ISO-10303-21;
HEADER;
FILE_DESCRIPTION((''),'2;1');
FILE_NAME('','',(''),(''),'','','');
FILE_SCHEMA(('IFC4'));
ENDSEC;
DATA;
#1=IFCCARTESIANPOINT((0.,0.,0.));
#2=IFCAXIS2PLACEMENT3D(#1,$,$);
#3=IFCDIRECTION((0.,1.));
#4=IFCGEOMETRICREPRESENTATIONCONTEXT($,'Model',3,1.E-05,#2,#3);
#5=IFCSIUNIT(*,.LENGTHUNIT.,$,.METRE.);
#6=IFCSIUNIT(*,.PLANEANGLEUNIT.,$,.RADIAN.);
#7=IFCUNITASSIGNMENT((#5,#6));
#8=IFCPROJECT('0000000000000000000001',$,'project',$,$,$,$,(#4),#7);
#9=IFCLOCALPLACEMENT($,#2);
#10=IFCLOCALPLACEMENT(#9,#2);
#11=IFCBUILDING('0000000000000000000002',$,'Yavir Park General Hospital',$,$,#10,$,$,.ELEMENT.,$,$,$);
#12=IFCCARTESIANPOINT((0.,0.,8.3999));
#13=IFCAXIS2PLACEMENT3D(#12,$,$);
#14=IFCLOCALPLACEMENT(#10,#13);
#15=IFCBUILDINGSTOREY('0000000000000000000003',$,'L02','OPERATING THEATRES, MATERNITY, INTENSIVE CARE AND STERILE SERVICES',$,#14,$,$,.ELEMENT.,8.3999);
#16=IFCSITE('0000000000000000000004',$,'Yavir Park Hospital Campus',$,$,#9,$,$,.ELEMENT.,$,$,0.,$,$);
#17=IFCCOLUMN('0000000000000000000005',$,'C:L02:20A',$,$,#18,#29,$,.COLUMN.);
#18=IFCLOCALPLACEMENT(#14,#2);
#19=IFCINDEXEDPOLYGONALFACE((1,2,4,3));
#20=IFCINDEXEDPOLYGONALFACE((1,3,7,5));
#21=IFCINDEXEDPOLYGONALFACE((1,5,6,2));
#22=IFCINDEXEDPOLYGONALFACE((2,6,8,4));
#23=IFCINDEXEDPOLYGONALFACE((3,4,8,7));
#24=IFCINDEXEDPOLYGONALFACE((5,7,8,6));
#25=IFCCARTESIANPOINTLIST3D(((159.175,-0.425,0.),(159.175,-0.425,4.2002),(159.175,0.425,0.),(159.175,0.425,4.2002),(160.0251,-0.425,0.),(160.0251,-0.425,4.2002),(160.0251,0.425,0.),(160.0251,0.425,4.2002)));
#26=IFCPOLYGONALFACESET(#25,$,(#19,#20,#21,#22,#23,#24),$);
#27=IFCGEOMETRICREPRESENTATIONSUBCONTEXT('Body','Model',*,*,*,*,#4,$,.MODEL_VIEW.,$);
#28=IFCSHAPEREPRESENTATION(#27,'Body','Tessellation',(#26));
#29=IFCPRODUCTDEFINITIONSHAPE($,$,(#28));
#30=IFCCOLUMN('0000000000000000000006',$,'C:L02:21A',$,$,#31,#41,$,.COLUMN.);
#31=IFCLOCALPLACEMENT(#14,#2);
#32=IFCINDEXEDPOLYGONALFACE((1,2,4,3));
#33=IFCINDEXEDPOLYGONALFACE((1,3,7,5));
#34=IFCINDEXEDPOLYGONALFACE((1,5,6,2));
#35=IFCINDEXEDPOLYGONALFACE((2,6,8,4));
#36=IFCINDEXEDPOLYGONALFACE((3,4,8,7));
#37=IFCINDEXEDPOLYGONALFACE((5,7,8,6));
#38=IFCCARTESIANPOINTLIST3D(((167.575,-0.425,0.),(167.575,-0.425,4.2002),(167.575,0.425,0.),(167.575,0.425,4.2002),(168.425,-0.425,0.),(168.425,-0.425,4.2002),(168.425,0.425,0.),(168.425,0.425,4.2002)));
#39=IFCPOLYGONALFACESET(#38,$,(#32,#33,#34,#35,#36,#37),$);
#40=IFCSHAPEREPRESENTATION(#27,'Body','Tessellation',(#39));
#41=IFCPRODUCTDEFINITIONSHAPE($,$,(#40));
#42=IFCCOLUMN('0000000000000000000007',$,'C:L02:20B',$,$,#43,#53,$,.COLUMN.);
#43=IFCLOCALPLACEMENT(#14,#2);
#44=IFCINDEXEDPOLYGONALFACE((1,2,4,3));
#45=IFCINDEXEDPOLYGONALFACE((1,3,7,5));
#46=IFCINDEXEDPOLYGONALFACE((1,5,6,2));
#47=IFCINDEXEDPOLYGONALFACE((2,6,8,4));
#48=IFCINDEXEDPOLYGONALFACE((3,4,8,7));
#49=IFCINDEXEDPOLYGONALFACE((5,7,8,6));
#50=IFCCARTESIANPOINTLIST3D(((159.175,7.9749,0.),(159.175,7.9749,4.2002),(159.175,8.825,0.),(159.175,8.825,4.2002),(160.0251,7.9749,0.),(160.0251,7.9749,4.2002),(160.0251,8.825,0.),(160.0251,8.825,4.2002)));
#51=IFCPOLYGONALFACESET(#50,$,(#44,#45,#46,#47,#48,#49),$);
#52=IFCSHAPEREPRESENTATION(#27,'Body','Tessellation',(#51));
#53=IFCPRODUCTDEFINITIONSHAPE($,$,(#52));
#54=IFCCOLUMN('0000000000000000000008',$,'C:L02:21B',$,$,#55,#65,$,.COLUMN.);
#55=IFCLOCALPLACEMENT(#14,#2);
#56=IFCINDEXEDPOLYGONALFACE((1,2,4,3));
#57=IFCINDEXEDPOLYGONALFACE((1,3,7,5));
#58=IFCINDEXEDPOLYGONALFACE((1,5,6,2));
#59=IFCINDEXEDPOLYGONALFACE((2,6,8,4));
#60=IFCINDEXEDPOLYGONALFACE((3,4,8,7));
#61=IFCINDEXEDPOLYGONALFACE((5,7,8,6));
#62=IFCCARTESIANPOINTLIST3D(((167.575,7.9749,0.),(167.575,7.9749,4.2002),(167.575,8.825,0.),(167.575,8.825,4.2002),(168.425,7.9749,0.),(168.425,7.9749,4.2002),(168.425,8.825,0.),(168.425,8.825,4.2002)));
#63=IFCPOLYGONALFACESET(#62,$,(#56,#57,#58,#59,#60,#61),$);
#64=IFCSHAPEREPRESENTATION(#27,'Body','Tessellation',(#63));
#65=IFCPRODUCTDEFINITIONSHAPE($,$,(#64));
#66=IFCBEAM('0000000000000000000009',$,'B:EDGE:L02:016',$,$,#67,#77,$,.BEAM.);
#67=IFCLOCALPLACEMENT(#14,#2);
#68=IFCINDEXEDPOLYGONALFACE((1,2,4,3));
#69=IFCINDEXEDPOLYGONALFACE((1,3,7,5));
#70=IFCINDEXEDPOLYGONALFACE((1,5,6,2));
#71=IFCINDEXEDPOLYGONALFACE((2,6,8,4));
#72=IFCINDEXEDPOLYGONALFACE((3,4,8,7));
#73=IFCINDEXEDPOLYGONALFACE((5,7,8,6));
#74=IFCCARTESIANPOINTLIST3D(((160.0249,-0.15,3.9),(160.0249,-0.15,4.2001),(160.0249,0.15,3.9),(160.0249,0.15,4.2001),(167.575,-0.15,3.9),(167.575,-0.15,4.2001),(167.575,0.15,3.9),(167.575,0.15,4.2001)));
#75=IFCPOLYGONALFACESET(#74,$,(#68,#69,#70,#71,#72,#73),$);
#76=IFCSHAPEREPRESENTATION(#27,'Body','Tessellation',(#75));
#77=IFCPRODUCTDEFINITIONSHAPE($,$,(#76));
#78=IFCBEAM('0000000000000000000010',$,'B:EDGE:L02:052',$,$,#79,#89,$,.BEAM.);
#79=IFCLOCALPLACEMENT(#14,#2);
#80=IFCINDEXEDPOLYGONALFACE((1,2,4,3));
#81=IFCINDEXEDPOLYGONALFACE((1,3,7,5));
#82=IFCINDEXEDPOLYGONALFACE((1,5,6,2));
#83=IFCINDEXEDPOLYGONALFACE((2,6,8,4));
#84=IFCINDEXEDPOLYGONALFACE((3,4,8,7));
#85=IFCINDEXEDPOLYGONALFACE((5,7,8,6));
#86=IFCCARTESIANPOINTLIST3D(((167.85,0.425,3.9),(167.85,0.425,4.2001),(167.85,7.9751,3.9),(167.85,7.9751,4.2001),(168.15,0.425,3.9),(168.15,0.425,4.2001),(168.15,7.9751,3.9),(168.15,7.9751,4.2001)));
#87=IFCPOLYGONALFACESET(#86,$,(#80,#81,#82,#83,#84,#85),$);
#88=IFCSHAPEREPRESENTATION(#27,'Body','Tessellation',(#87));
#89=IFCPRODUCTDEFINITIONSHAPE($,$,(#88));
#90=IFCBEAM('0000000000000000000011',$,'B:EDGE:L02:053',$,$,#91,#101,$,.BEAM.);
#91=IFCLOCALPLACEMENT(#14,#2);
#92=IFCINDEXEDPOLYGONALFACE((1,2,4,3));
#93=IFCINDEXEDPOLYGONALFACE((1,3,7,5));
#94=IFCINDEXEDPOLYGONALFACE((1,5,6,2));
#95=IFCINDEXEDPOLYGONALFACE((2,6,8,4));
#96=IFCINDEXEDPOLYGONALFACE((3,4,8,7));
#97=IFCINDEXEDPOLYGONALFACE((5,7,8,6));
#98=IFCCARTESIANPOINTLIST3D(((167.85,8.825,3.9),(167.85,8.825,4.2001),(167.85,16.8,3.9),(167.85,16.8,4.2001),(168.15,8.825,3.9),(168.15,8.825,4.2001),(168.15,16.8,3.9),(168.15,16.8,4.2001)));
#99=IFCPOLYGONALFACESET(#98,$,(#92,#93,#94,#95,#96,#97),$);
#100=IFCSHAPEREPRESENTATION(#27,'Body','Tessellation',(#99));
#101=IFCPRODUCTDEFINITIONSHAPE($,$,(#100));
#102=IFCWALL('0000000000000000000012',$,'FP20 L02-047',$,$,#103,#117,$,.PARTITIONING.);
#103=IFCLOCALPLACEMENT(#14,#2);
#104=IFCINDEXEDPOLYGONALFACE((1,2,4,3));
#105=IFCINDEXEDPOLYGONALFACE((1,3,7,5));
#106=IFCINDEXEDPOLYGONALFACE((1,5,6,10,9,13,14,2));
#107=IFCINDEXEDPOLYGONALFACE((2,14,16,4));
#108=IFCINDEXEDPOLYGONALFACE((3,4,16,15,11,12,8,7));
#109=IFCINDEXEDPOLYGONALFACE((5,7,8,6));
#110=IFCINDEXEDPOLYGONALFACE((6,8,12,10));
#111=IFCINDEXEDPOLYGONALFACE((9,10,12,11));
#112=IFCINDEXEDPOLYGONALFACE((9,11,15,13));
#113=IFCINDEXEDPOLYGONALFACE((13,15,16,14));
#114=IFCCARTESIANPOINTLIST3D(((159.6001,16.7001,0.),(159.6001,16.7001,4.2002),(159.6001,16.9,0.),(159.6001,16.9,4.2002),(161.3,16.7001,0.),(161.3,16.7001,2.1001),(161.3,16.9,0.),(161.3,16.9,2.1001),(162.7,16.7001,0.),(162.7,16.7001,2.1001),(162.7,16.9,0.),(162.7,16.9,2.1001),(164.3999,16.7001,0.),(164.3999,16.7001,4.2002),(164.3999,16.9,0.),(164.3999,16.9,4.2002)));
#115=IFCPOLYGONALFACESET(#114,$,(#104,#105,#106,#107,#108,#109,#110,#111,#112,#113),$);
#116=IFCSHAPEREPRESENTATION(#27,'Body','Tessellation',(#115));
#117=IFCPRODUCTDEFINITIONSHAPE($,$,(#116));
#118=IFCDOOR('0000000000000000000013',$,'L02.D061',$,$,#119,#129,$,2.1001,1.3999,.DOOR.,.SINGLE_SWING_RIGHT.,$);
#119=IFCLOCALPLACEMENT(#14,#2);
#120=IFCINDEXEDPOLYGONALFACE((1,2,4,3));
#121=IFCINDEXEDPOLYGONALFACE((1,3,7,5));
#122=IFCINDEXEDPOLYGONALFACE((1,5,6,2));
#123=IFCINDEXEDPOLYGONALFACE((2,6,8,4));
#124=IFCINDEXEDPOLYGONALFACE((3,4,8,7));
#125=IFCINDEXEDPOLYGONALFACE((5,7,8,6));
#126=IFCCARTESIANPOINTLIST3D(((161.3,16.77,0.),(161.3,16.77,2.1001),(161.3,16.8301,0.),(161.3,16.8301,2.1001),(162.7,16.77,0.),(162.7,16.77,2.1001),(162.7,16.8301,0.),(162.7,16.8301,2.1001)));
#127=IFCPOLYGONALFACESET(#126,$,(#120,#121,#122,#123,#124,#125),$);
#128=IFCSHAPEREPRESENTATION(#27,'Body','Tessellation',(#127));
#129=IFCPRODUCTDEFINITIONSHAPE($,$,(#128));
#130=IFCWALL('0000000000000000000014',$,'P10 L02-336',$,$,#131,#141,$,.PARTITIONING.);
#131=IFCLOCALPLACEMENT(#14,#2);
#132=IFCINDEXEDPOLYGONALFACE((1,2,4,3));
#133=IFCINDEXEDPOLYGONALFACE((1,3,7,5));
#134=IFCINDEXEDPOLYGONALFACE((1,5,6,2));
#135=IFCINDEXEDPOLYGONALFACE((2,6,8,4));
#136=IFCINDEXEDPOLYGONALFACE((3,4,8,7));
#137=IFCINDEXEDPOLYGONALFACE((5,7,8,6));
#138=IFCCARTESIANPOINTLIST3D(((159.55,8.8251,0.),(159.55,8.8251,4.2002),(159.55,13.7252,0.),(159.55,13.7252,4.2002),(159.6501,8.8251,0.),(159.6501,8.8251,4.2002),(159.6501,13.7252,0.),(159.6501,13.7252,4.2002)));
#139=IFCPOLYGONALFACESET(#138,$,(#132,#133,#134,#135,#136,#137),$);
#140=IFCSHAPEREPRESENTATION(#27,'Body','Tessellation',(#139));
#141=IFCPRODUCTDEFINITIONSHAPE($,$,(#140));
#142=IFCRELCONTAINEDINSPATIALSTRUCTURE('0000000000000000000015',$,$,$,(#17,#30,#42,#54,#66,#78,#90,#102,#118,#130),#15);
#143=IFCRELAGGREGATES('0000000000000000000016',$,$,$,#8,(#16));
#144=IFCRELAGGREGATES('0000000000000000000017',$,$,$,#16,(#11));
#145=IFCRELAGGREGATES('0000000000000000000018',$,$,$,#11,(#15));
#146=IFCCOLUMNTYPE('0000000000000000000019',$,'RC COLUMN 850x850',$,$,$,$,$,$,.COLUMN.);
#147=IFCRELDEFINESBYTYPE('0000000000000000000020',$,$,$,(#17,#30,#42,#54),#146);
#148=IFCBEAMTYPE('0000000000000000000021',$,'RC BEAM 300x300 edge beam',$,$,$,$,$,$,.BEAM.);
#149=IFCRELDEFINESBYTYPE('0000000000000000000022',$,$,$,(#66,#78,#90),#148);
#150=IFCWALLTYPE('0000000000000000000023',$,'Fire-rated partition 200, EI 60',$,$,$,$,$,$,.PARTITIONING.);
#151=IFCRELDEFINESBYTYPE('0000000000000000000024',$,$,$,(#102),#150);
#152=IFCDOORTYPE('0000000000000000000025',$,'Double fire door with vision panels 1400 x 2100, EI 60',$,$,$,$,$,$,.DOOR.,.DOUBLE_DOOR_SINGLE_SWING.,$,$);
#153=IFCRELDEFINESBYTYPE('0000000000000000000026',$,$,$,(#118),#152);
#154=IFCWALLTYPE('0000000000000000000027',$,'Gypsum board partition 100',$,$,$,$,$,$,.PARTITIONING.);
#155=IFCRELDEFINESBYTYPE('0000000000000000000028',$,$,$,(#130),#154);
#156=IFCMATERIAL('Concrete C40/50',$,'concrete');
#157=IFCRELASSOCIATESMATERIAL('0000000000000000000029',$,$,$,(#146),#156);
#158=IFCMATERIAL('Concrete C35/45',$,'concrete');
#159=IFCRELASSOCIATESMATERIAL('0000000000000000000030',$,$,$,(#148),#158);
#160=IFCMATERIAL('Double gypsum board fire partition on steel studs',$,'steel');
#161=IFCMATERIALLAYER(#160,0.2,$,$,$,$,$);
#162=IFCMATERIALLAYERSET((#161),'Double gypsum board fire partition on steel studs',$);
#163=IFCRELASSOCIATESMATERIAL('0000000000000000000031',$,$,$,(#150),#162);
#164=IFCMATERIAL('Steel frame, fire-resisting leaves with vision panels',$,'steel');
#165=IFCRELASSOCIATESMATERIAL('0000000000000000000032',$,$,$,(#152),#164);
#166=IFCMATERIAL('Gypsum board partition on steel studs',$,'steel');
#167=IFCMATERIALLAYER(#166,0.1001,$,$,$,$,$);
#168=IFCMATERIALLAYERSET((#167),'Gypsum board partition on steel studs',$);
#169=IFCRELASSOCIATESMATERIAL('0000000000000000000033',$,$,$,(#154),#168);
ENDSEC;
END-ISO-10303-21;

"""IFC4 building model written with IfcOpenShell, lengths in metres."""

from ifc_helpers import new_model, si_unit, direction, frame, frame_2d, origin, origin_2d, place, context, subcontext, project, spatial, rectangle, extrude, material, layer, layer_set, material_profile, profile_set, type_object, element, fill, save


model = new_model("IFC4")

# Units and contexts
model_context = context("Model", 3, precision=1e-05, world=origin(), true_north=direction((0.0, 1.0)))
body_context = subcontext(model_context, "Body", "Model", "MODEL_VIEW")
ifc_project = project(units=[si_unit("LENGTHUNIT", "METRE"), si_unit("PLANEANGLEUNIT", "RADIAN")], contexts=[model_context])

# Site, building, storey
site_placement = place(None, origin())
site = spatial("IfcSite", under=ifc_project, at=site_placement, Name="Yavir Park Hospital Campus", CompositionType="ELEMENT", RefElevation=0.0)
building_placement = place(site_placement, origin())
building = spatial("IfcBuilding", under=site, at=building_placement, Name="Yavir Park General Hospital", CompositionType="ELEMENT")
storey_placement = place(building_placement, frame((0.0, 0.0, 8.3999)))
storey = spatial("IfcBuildingStorey", under=building, at=storey_placement, Name="L02", Description="OPERATING THEATRES, MATERNITY, INTENSIVE CARE AND STERILE SERVICES", CompositionType="ELEMENT", Elevation=8.3999)

# Columns
ifc_material_1 = material(Name="Concrete C40/50", Category="concrete")
ifc_material_profile_1 = material_profile(ifc_material_1, rectangle(XDim=0.8501, YDim=0.8501, at=origin_2d()), Name="RC850x850")
ifc_profile_set_1 = profile_set([ifc_material_profile_1], Name="Concrete C40/50")
column_type = type_object("IfcColumnType", Name="RC COLUMN 850x850", PredefinedType="COLUMN", material=ifc_profile_set_1)
for number, where, z_axis, x_axis, name in (
    (1, (159.6001, 0.0, 0.0), (0.0, 0.0, 1.0), (1.0, 0.0, 0.0), "C:L02:20A"),
    (2, (168.0, 0.0, 0.0), (0.0, 0.0, 1.0), (1.0, 0.0, 0.0), "C:L02:21A"),
    (3, (159.6001, 8.3999, 0.0), (0.0, 0.0, 1.0), (1.0, 0.0, 0.0), "C:L02:20B"),
    (4, (168.0, 8.3999, 0.0), (0.0, 0.0, 1.0), (1.0, 0.0, 0.0), "C:L02:21B"),
):
    element("IfcColumn", number, at=place(storey_placement, frame(where, z_axis=z_axis, x_axis=x_axis)), inside=storey, type_object=column_type, Name=name, PredefinedType="COLUMN", context=body_context, shape_type="SweptSolid", body=[
        extrude(rectangle(XDim=0.8501, YDim=0.8501, at=origin_2d()), origin(), (0.0, 0.0, 1.0), 4.2002),
    ])

# Beams
ifc_material_2 = material(Name="Concrete C35/45", Category="concrete")
ifc_material_profile_2 = material_profile(ifc_material_2, rectangle(XDim=0.3, YDim=0.3, at=origin_2d()), Name="RC300x300")
ifc_profile_set_2 = profile_set([ifc_material_profile_2], Name="Concrete C35/45")
beam_type = type_object("IfcBeamType", Name="RC BEAM 300x300 edge beam", PredefinedType="BEAM", material=ifc_profile_set_2)
for number, where, z_axis, x_axis, name in (
    (5, (160.0249, 0.0, 4.05), (1.0, 0.0, 0.0), (0.0, 1.0, 0.0), "B:EDGE:L02:016"),
    (6, (168.0, 0.425, 4.05), (0.0, 1.0, 0.0), (-1.0, 0.0, 0.0), "B:EDGE:L02:052"),
):
    element("IfcBeam", number, at=place(storey_placement, frame(where, z_axis=z_axis, x_axis=x_axis)), inside=storey, type_object=beam_type, Name=name, PredefinedType="BEAM", context=body_context, shape_type="SweptSolid", body=[
        extrude(rectangle(XDim=0.3, YDim=0.3, at=origin_2d()), origin(), (0.0, 0.0, 1.0), 7.55),
    ])
beam_placement = place(storey_placement, frame((168.0, 8.825, 4.05), z_axis=(0.0, 1.0, 0.0), x_axis=(-1.0, 0.0, 0.0)))
element("IfcBeam", 7, at=beam_placement, inside=storey, type_object=beam_type, Name="B:EDGE:L02:053", PredefinedType="BEAM", context=body_context, shape_type="SweptSolid", body=[
    extrude(rectangle(XDim=0.3, YDim=0.3, at=origin_2d()), origin(), (0.0, 0.0, 1.0), 7.9751),
])

# Wall, opening, door
ifc_material_3 = material(Name="Double gypsum board fire partition on steel studs", Category="steel")
ifc_layer_1 = layer(ifc_material_3, 0.2)
ifc_layer_set_1 = layer_set([ifc_layer_1], Name="Double gypsum board fire partition on steel studs")
wall_type_1 = type_object("IfcWallType", Name="Fire-rated partition 200, EI 60", PredefinedType="PARTITIONING", material=ifc_layer_set_1)
wall_1_placement = place(storey_placement, frame((159.6001, 16.8, 0.0), z_axis=(0.0, 0.0, 1.0), x_axis=(1.0, 0.0, 0.0)))
wall_1 = element("IfcWall", 8, at=wall_1_placement, inside=storey, type_object=wall_type_1, Name="FP20 L02-047", PredefinedType="PARTITIONING", context=body_context, shape_type="SweptSolid", body=[
    extrude(rectangle(XDim=4.7998, YDim=0.2, at=frame_2d((2.3999, 0.0))), origin(), (0.0, 0.0, 1.0), 4.2002),
])
opening_1_placement = place(wall_1_placement, frame((1.7, 0.0, 0.0)))
opening_1 = element("IfcOpeningElement", 9, at=opening_1_placement, cuts=wall_1, PredefinedType="OPENING", context=body_context, shape_type="SweptSolid", body=[
    extrude(rectangle(XDim=1.3999, YDim=2.1001, at=frame_2d((0.7, 1.05))), frame((0.0, 0.1099, 0.0), z_axis=(0.0, -1.0, 0.0), x_axis=(1.0, 0.0, 0.0)), (0.0, 0.0, 1.0), 0.22),
])
ifc_material_4 = material(Name="Steel frame, fire-resisting leaves with vision panels", Category="steel")
door_type_1 = type_object("IfcDoorType", Name="Double fire door with vision panels 1400 x 2100, EI 60", OperationType="DOUBLE_DOOR_SINGLE_SWING", PredefinedType="DOOR", material=ifc_material_4)
door_1_placement = place(opening_1_placement, origin())
door_1 = element("IfcDoor", 10, at=door_1_placement, inside=storey, type_object=door_type_1, Name="L02.D061", OperationType="SINGLE_SWING_RIGHT", OverallHeight=2.1001, OverallWidth=1.3999, PredefinedType="DOOR", context=body_context, shape_type="SweptSolid", body=[
    extrude(rectangle(XDim=1.3999, YDim=2.1001, at=frame_2d((0.7, 1.05))), frame((0.0, 0.03, 0.0), z_axis=(0.0, -1.0, 0.0), x_axis=(1.0, 0.0, 0.0)), (0.0, 0.0, 1.0), 0.0601),
])
fill(opening_1, door_1)

# Wall
ifc_material_5 = material(Name="Gypsum board partition on steel studs", Category="steel")
ifc_layer_2 = layer(ifc_material_5, 0.1001)
ifc_layer_set_2 = layer_set([ifc_layer_2], Name="Gypsum board partition on steel studs")
wall_type_2 = type_object("IfcWallType", Name="Gypsum board partition 100", PredefinedType="PARTITIONING", material=ifc_layer_set_2)
wall_2_placement = place(storey_placement, frame((159.6001, 8.825, 0.0), z_axis=(0.0, 0.0, 1.0), x_axis=(0.0, 1.0, 0.0)))
element("IfcWall", 11, at=wall_2_placement, inside=storey, type_object=wall_type_2, Name="P10 L02-336", PredefinedType="PARTITIONING", context=body_context, shape_type="SweptSolid", body=[
    extrude(rectangle(XDim=4.9001, YDim=0.1001, at=frame_2d((2.4502, 0.0))), origin(), (0.0, 0.0, 1.0), 4.2002),
])

save(model, "model.ifc")
